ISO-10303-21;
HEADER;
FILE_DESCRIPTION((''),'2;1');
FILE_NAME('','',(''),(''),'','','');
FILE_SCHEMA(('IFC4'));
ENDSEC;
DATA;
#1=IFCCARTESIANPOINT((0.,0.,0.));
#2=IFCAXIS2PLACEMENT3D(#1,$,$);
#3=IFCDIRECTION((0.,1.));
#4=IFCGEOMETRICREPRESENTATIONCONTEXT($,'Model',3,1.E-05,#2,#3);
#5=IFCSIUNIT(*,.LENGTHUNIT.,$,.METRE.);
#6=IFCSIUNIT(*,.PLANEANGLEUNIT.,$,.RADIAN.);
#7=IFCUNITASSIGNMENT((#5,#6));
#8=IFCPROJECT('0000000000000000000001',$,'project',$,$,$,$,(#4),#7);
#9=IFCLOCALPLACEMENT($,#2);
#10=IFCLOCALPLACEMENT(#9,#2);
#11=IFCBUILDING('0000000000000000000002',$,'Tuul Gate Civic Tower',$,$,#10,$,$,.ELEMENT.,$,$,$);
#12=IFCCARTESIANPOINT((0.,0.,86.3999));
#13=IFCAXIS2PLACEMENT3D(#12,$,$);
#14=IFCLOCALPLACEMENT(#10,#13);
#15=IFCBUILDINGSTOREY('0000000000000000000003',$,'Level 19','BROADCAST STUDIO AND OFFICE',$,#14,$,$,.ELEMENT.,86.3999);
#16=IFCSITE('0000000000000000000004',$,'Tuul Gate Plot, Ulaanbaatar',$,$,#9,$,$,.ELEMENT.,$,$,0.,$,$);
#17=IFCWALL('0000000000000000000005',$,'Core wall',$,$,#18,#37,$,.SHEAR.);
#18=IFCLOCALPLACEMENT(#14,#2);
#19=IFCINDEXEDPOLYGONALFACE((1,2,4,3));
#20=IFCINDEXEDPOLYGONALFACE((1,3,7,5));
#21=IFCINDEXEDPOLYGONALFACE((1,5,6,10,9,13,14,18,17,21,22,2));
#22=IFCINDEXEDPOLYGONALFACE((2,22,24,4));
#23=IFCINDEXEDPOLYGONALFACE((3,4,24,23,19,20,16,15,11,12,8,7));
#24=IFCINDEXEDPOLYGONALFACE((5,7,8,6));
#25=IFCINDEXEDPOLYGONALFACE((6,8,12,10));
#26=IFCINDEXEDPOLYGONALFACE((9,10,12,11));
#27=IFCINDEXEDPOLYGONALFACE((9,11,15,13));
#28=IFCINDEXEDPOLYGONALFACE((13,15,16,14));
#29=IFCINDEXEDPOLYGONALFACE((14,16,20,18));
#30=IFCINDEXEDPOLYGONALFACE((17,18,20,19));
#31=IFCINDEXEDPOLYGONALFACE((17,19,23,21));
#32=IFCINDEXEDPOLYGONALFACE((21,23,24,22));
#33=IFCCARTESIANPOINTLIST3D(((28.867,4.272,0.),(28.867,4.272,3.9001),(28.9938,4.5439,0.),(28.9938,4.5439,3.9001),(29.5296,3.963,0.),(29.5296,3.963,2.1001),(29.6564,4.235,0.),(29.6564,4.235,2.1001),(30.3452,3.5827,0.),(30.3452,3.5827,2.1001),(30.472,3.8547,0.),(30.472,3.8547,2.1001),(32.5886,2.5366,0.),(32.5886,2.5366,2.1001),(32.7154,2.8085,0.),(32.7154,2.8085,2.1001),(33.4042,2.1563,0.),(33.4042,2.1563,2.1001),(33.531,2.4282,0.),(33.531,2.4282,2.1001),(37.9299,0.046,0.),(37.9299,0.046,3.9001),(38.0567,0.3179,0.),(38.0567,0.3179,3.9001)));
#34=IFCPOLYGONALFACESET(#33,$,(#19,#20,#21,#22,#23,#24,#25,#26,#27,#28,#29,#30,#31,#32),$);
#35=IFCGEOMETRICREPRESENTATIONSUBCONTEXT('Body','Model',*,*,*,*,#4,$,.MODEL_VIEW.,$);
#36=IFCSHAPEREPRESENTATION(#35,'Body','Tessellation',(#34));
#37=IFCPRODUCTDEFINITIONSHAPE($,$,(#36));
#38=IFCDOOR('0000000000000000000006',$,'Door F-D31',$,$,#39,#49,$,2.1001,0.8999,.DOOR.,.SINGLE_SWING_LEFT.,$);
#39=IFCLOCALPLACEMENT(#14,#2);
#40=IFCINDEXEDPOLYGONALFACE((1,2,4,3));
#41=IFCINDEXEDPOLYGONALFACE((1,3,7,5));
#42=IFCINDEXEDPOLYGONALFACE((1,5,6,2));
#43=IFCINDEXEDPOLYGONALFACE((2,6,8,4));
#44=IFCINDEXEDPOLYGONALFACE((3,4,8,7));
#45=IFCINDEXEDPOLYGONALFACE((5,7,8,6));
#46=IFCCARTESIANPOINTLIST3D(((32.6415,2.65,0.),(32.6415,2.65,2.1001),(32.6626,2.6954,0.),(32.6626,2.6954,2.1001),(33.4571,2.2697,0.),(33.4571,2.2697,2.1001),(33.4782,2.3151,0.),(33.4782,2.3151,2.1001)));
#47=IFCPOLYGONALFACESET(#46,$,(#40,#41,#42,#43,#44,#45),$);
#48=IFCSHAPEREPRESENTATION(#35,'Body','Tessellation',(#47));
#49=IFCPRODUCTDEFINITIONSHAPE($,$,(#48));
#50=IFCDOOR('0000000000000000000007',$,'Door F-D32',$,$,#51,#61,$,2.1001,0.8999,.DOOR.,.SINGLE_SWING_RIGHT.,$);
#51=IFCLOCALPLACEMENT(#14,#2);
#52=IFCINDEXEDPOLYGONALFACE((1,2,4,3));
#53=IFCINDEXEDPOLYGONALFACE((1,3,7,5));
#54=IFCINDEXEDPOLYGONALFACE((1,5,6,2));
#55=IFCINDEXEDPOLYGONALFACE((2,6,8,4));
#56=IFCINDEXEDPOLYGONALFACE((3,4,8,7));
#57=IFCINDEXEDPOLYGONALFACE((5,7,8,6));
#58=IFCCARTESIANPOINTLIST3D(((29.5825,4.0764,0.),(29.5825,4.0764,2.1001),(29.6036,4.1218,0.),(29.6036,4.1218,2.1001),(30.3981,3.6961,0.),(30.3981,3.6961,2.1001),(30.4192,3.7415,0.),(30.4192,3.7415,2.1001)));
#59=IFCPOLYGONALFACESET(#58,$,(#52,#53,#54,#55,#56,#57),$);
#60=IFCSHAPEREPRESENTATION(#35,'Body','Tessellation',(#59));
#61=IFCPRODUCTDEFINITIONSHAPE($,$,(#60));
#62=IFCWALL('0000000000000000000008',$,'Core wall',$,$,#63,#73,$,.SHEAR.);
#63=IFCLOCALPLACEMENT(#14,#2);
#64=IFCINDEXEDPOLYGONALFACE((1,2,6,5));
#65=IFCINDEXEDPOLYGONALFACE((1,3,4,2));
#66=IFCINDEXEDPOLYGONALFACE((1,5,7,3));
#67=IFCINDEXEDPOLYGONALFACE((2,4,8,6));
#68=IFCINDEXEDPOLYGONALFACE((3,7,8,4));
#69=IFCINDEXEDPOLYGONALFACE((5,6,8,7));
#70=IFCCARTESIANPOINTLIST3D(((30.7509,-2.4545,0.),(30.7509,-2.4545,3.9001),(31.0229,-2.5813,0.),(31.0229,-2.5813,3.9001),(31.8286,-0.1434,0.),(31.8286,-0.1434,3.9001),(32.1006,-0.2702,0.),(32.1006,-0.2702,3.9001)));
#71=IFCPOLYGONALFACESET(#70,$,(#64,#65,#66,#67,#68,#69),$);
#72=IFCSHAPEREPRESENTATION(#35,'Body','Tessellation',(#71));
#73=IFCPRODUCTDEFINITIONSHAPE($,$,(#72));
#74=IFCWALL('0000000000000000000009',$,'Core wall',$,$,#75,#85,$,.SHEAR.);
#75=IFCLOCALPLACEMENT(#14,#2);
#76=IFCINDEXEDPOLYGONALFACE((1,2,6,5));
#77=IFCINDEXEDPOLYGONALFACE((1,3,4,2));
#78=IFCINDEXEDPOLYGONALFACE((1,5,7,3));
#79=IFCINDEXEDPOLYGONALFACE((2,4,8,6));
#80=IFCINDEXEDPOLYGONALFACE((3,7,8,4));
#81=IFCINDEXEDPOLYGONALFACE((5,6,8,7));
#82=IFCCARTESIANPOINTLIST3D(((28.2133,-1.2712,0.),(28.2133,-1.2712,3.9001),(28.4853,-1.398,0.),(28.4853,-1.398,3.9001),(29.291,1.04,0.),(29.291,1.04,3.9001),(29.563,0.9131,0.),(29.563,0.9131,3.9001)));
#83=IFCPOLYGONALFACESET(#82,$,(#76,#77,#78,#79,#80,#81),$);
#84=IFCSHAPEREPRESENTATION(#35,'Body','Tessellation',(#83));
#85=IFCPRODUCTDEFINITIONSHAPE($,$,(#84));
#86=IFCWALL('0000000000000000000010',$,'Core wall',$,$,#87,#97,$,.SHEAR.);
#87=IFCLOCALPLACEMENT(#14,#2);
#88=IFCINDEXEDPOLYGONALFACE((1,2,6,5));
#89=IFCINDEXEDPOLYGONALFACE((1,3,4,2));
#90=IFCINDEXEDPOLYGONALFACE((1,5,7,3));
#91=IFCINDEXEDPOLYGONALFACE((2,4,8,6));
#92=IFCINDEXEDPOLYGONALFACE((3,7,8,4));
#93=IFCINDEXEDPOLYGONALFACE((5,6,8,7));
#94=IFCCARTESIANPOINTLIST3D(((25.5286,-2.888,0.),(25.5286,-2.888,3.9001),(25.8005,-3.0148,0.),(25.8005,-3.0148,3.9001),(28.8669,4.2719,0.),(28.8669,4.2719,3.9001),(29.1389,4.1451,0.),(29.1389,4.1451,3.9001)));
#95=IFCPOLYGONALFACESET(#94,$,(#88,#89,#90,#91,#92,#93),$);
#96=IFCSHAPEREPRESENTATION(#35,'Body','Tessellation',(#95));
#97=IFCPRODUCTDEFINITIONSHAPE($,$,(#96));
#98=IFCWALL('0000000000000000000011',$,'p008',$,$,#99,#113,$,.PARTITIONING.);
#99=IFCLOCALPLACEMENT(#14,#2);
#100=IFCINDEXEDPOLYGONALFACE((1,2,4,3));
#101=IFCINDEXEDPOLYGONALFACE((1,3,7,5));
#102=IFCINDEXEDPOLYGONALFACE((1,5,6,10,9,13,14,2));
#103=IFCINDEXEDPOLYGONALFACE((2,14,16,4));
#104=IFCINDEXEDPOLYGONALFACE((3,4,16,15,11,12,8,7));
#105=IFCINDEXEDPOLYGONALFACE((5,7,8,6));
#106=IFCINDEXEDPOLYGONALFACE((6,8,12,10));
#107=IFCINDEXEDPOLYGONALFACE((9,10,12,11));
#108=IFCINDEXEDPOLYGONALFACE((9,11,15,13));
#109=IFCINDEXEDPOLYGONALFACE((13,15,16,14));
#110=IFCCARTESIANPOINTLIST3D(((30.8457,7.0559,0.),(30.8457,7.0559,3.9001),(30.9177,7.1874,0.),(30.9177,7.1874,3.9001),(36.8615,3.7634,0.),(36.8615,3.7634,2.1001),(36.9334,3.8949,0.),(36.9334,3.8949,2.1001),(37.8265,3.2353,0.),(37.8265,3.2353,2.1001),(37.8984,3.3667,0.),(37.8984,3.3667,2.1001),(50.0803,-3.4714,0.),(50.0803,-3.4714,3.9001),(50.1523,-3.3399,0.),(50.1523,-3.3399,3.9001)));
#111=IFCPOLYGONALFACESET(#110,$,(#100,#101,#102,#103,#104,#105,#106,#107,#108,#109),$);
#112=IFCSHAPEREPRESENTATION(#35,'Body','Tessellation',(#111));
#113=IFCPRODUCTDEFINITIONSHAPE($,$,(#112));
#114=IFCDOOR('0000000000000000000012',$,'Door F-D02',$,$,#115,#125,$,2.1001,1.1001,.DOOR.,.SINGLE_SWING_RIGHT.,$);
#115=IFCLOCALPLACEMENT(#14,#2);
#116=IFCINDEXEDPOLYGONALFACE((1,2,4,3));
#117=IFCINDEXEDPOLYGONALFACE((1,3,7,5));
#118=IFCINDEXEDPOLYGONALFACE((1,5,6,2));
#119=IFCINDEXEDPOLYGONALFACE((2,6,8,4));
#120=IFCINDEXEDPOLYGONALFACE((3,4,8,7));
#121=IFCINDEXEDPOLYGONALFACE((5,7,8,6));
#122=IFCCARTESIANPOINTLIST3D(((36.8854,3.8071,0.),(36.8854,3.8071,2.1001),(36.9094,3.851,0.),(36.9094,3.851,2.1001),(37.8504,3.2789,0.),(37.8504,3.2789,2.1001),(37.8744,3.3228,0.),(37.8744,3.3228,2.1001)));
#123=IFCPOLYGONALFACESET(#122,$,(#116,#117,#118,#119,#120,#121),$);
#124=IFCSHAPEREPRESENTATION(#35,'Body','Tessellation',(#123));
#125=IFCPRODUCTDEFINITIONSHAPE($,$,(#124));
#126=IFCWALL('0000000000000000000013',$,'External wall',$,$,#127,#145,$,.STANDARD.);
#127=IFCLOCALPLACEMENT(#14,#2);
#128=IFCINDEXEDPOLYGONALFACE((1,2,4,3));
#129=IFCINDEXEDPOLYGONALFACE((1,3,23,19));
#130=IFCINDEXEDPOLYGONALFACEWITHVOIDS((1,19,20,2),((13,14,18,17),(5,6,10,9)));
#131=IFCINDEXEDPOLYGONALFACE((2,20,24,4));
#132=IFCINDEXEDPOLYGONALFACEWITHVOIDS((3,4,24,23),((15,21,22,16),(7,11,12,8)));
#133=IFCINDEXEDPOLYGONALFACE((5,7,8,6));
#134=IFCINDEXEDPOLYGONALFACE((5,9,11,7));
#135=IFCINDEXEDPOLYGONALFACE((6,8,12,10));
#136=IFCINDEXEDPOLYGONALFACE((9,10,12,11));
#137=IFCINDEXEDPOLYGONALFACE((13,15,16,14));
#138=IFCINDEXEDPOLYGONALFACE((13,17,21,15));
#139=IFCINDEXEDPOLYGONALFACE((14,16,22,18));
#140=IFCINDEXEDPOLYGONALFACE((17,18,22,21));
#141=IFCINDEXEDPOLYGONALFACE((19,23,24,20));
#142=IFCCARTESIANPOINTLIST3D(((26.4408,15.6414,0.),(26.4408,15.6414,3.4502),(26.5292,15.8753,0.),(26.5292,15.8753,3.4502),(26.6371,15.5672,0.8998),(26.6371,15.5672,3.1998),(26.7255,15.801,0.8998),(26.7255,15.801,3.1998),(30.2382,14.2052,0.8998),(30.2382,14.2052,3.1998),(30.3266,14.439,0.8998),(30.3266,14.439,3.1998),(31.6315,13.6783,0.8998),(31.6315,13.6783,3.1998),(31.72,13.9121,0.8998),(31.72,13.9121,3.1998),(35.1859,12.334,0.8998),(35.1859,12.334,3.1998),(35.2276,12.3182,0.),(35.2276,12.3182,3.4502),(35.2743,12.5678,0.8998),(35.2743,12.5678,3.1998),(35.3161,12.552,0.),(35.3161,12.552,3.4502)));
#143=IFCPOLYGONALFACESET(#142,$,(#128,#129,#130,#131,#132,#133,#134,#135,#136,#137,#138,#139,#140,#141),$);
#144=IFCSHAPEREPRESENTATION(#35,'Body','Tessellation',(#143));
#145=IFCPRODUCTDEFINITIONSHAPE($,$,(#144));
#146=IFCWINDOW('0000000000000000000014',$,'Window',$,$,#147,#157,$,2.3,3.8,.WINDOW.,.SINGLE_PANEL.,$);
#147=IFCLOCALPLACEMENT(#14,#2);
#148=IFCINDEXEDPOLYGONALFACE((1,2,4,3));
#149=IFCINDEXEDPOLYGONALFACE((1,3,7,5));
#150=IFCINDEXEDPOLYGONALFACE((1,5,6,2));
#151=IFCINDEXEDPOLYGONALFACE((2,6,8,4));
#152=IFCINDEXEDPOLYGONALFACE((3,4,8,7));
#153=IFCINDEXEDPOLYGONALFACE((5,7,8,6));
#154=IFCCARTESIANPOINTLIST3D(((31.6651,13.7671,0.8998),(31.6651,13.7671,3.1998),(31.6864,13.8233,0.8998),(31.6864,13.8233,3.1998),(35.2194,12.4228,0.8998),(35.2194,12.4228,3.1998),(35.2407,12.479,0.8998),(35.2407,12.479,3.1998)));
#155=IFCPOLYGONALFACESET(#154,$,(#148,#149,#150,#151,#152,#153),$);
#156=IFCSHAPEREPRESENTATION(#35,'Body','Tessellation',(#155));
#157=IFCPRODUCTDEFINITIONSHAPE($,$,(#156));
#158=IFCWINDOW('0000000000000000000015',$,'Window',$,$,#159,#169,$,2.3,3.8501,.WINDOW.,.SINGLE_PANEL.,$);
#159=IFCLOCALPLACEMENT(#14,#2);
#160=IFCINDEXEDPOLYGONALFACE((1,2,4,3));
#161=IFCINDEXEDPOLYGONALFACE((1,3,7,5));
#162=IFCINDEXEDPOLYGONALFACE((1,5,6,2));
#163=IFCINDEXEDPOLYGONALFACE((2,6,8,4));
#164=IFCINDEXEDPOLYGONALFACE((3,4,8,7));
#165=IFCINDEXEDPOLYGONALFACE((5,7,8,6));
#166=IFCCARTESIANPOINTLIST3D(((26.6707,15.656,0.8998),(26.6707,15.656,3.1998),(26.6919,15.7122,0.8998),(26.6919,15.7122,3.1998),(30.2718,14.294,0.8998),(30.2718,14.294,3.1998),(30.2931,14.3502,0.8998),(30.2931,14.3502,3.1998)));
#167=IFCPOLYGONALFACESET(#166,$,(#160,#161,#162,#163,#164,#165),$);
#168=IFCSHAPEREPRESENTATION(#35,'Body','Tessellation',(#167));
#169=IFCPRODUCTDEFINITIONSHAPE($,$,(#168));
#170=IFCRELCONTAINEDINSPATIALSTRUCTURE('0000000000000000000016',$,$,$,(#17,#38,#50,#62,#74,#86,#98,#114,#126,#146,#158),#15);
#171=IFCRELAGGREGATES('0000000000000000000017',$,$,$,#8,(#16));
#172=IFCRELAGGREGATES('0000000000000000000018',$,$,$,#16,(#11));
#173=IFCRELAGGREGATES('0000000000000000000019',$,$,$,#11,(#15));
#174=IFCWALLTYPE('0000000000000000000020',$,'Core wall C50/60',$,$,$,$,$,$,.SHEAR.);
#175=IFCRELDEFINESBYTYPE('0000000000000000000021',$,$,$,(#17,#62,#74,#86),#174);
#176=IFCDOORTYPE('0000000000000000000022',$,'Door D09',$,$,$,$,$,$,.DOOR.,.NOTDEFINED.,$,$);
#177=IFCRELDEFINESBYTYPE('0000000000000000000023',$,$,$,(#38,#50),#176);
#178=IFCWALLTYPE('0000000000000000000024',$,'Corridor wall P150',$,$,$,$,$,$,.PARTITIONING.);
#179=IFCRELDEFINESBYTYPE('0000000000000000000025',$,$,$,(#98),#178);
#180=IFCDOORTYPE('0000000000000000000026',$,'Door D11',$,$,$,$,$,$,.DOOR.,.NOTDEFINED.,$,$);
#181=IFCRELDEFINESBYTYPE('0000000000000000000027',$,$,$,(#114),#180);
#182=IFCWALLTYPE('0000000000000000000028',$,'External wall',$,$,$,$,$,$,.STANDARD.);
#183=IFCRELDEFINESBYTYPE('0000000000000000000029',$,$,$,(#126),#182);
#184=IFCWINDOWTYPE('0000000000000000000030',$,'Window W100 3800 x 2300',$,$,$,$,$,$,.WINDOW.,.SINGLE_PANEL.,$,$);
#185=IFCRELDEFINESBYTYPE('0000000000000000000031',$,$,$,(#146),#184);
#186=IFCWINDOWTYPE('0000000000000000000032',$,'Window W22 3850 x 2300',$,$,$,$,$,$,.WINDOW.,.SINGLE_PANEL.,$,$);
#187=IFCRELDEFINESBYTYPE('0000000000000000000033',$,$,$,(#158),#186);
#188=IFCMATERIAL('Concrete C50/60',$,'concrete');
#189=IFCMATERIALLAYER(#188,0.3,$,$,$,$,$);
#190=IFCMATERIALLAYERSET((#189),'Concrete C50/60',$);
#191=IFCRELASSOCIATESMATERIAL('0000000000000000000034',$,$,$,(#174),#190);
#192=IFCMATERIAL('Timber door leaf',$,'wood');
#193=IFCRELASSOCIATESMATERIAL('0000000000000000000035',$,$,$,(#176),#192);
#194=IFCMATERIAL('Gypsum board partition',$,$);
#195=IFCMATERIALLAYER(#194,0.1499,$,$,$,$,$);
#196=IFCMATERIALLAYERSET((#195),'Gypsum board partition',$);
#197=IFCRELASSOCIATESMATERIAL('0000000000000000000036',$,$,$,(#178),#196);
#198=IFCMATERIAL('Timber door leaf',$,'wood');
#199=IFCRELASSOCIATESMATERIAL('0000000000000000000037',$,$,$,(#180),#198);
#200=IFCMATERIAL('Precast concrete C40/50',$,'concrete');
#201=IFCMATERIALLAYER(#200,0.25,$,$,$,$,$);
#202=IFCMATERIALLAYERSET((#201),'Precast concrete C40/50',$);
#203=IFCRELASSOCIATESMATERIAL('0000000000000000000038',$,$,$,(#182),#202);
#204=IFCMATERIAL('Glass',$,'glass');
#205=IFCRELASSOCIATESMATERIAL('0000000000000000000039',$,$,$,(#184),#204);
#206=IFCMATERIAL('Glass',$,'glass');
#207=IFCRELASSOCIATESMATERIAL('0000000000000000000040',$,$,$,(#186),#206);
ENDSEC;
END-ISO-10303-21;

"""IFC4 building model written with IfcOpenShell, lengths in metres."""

from ifc_helpers import new_model, si_unit, direction, frame, frame_2d, origin, place, context, subcontext, project, spatial, rectangle, extrude, material, layer, layer_set, type_object, element, fill, save


model = new_model("IFC4")

# Units and contexts
model_context = context("Model", 3, precision=1e-05, world=origin(), true_north=direction((0.0, 1.0)))
body_context = subcontext(model_context, "Body", "Model", "MODEL_VIEW")
ifc_project = project(units=[si_unit("LENGTHUNIT", "METRE"), si_unit("PLANEANGLEUNIT", "RADIAN")], contexts=[model_context])

# Site, building, storey
site_placement = place(None, origin())
site = spatial("IfcSite", under=ifc_project, at=site_placement, Name="Tuul Gate Plot, Ulaanbaatar", CompositionType="ELEMENT", RefElevation=0.0)
building_placement = place(site_placement, origin())
building = spatial("IfcBuilding", under=site, at=building_placement, Name="Tuul Gate Civic Tower", CompositionType="ELEMENT")
storey_placement = place(building_placement, frame((0.0, 0.0, 86.3999)))
storey = spatial("IfcBuildingStorey", under=building, at=storey_placement, Name="Level 19", Description="BROADCAST STUDIO AND OFFICE", CompositionType="ELEMENT", Elevation=86.3999)

# Shared definitions
ifc_material_1 = material(Name="Concrete C50/60", Category="concrete")
ifc_layer_1 = layer(ifc_material_1, 0.3)
ifc_layer_set_1 = layer_set([ifc_layer_1], Name="Concrete C50/60")
wall_type_1 = type_object("IfcWallType", Name="Core wall C50/60", PredefinedType="SHEAR", material=ifc_layer_set_1)

# Wall, openings, doors
wall_1_placement = place(storey_placement, frame((37.9934, 0.1819, 0.0), z_axis=(0.0, 0.0, 1.0), x_axis=(-0.90631, 0.422613, 0.0)))
wall_1 = element("IfcWall", 1, at=wall_1_placement, inside=storey, type_object=wall_type_1, Name="Core wall", PredefinedType="SHEAR", context=body_context, shape_type="SweptSolid", body=[
    extrude(rectangle(XDim=9.9998, YDim=0.3, at=frame_2d((5.0, 0.0))), origin(), (0.0, 0.0, 1.0), 3.9001),
])
opening_1_placement = place(wall_1_placement, frame((4.9937, 0.0, 0.0)))
opening_1 = element("IfcOpeningElement", 2, at=opening_1_placement, cuts=wall_1, PredefinedType="OPENING", context=body_context, shape_type="SweptSolid", body=[
    extrude(rectangle(XDim=0.8999, YDim=2.1001, at=frame_2d((0.45, 1.05))), frame((0.0, 0.1602, 0.0), z_axis=(0.0, -1.0, 0.0), x_axis=(1.0, 0.0, 0.0)), (0.0, 0.0, 1.0), 0.3201),
])
opening_2_placement = place(wall_1_placement, frame((8.3689, 0.0, 0.0)))
opening_2 = element("IfcOpeningElement", 3, at=opening_2_placement, cuts=wall_1, PredefinedType="OPENING", context=body_context, shape_type="SweptSolid", body=[
    extrude(rectangle(XDim=0.8999, YDim=2.1001, at=frame_2d((0.45, 1.05))), frame((0.0, 0.1602, 0.0), z_axis=(0.0, -1.0, 0.0), x_axis=(1.0, 0.0, 0.0)), (0.0, 0.0, 1.0), 0.3201),
])
ifc_material_2 = material(Name="Timber door leaf", Category="wood")
door_type_1 = type_object("IfcDoorType", Name="Door D09", OperationType="NOTDEFINED", PredefinedType="DOOR", material=ifc_material_2)
door_1_placement = place(opening_1_placement, origin())
door_1 = element("IfcDoor", 4, at=door_1_placement, inside=storey, type_object=door_type_1, Name="Door F-D31", OperationType="SINGLE_SWING_LEFT", OverallHeight=2.1001, OverallWidth=0.8999, PredefinedType="DOOR", context=body_context, shape_type="SweptSolid", body=[
    extrude(rectangle(XDim=0.8999, YDim=2.1001, at=frame_2d((0.45, 1.05))), frame((0.0, 0.0249, 0.0), z_axis=(0.0, -1.0, 0.0), x_axis=(1.0, 0.0, 0.0)), (0.0, 0.0, 1.0), 0.05),
])
fill(opening_1, door_1)
door_2_placement = place(opening_2_placement, origin())
door_2 = element("IfcDoor", 5, at=door_2_placement, inside=storey, type_object=door_type_1, Name="Door F-D32", OperationType="SINGLE_SWING_RIGHT", OverallHeight=2.1001, OverallWidth=0.8999, PredefinedType="DOOR", context=body_context, shape_type="SweptSolid", body=[
    extrude(rectangle(XDim=0.8999, YDim=2.1001, at=frame_2d((0.45, 1.05))), frame((0.0, 0.0249, 0.0), z_axis=(0.0, -1.0, 0.0), x_axis=(1.0, 0.0, 0.0)), (0.0, 0.0, 1.0), 0.05),
])
fill(opening_2, door_2)

# Walls
for number, where, z_axis, x_axis, name in (
    (6, (30.887, -2.5178, 0.0), (0.0, 0.0, 1.0), (0.422613, 0.90631, 0.0), "Core wall"),
    (7, (28.3494, -1.3345, 0.0), (0.0, 0.0, 1.0), (0.422613, 0.90631, 0.0), "Core wall"),
):
    element("IfcWall", number, at=place(storey_placement, frame(where, z_axis=z_axis, x_axis=x_axis)), inside=storey, type_object=wall_type_1, Name=name, PredefinedType="SHEAR", context=body_context, shape_type="SweptSolid", body=[
        extrude(rectangle(XDim=2.55, YDim=0.3, at=frame_2d((1.2749, 0.0))), origin(), (0.0, 0.0, 1.0), 3.9001),
    ])
wall_2_placement = place(storey_placement, frame((25.6646, -2.9514, 0.0), z_axis=(0.0, 0.0, 1.0), x_axis=(0.422583, 0.906324, 0.0)))
element("IfcWall", 8, at=wall_2_placement, inside=storey, type_object=wall_type_1, Name="Core wall", PredefinedType="SHEAR", context=body_context, shape_type="SweptSolid", body=[
    extrude(rectangle(XDim=7.8999, YDim=0.3, at=frame_2d((3.95, 0.0))), origin(), (0.0, 0.0, 1.0), 3.9001),
])

# Wall, opening, door
ifc_material_3 = material(Name="Gypsum board partition")
ifc_layer_2 = layer(ifc_material_3, 0.1499)
ifc_layer_set_2 = layer_set([ifc_layer_2], Name="Gypsum board partition")
wall_type_2 = type_object("IfcWallType", Name="Corridor wall P150", PredefinedType="PARTITIONING", material=ifc_layer_set_2)
wall_3_placement = place(storey_placement, frame((30.8818, 7.1216, 0.0), z_axis=(0.0, 0.0, 1.0), x_axis=(0.87721, -0.480108, 0.0)))
wall_3 = element("IfcWall", 9, at=wall_3_placement, inside=storey, type_object=wall_type_2, Name="p008", PredefinedType="PARTITIONING", context=body_context, shape_type="SweptSolid", body=[
    extrude(rectangle(XDim=21.927, YDim=0.1499, at=frame_2d((10.9634, 0.0))), origin(), (0.0, 0.0, 1.0), 3.9001),
])
opening_3_placement = place(wall_3_placement, frame((6.8577, 0.0, 0.0)))
opening_3 = element("IfcOpeningElement", 10, at=opening_3_placement, cuts=wall_3, PredefinedType="OPENING", context=body_context, shape_type="SweptSolid", body=[
    extrude(rectangle(XDim=1.1001, YDim=2.1001, at=frame_2d((0.55, 1.05))), frame((0.0, 0.085, 0.0), z_axis=(0.0, -1.0, 0.0), x_axis=(1.0, 0.0, 0.0)), (0.0, 0.0, 1.0), 0.1699),
])
ifc_material_4 = material(Name="Timber door leaf", Category="wood")
door_type_2 = type_object("IfcDoorType", Name="Door D11", OperationType="NOTDEFINED", PredefinedType="DOOR", material=ifc_material_4)
door_3_placement = place(opening_3_placement, origin())
door_3 = element("IfcDoor", 11, at=door_3_placement, inside=storey, type_object=door_type_2, Name="Door F-D02", OperationType="SINGLE_SWING_RIGHT", OverallHeight=2.1001, OverallWidth=1.1001, PredefinedType="DOOR", context=body_context, shape_type="SweptSolid", body=[
    extrude(rectangle(XDim=1.1001, YDim=2.1001, at=frame_2d((0.55, 1.05))), frame((0.0, 0.0249, 0.0), z_axis=(0.0, -1.0, 0.0), x_axis=(1.0, 0.0, 0.0)), (0.0, 0.0, 1.0), 0.05),
])
fill(opening_3, door_3)

# Wall, openings, windows
ifc_material_5 = material(Name="Precast concrete C40/50", Category="concrete")
ifc_layer_3 = layer(ifc_material_5, 0.25)
ifc_layer_set_3 = layer_set([ifc_layer_3], Name="Precast concrete C40/50")
wall_type_3 = type_object("IfcWallType", Name="External wall", PredefinedType="STANDARD", material=ifc_layer_set_3)
wall_4_placement = place(storey_placement, frame((35.272, 12.4351, 0.0), z_axis=(0.0, 0.0, 1.0), x_axis=(-0.93534, 0.353751, 0.0)))
wall_4 = element("IfcWall", 12, at=wall_4_placement, inside=storey, type_object=wall_type_3, Name="External wall", PredefinedType="STANDARD", context=body_context, shape_type="SweptSolid", body=[
    extrude(rectangle(XDim=9.3943, YDim=0.25, at=frame_2d((4.6973, 0.0))), origin(), (0.0, 0.0, 1.0), 3.4502),
])
opening_4_placement = place(wall_4_placement, frame((0.0449, 0.0, 0.8999)))
opening_4 = element("IfcOpeningElement", 13, at=opening_4_placement, cuts=wall_4, PredefinedType="OPENING", context=body_context, shape_type="SweptSolid", body=[
    extrude(rectangle(XDim=3.8, YDim=2.3, at=frame_2d((1.8999, 1.1499))), frame((0.0, 0.135, 0.0), z_axis=(0.0, -1.0, 0.0), x_axis=(1.0, 0.0, 0.0)), (0.0, 0.0, 1.0), 0.27),
])
opening_5_placement = place(wall_4_placement, frame((5.3345, 0.0, 0.8999)))
opening_5 = element("IfcOpeningElement", 14, at=opening_5_placement, cuts=wall_4, PredefinedType="OPENING", context=body_context, shape_type="SweptSolid", body=[
    extrude(rectangle(XDim=3.8501, YDim=2.3, at=frame_2d((1.925, 1.1499))), frame((0.0, 0.135, 0.0), z_axis=(0.0, -1.0, 0.0), x_axis=(1.0, 0.0, 0.0)), (0.0, 0.0, 1.0), 0.27),
])
ifc_material_6 = material(Name="Glass", Category="glass")
window_type_1 = type_object("IfcWindowType", Name="Window W100 3800 x 2300", PartitioningType="SINGLE_PANEL", PredefinedType="WINDOW", material=ifc_material_6)
window_1_placement = place(opening_4_placement, origin())
window_1 = element("IfcWindow", 15, at=window_1_placement, inside=storey, type_object=window_type_1, Name="Window", OverallHeight=2.3, OverallWidth=3.8, PartitioningType="SINGLE_PANEL", PredefinedType="WINDOW", context=body_context, shape_type="SweptSolid", body=[
    extrude(rectangle(XDim=3.8, YDim=2.3, at=frame_2d((1.8999, 1.1499))), frame((0.0, 0.03, 0.0), z_axis=(0.0, -1.0, 0.0), x_axis=(1.0, 0.0, 0.0)), (0.0, 0.0, 1.0), 0.0601),
])
fill(opening_4, window_1)
ifc_material_7 = material(Name="Glass", Category="glass")
window_type_2 = type_object("IfcWindowType", Name="Window W22 3850 x 2300", PartitioningType="SINGLE_PANEL", PredefinedType="WINDOW", material=ifc_material_7)
window_2_placement = place(opening_5_placement, origin())
window_2 = element("IfcWindow", 16, at=window_2_placement, inside=storey, type_object=window_type_2, Name="Window", OverallHeight=2.3, OverallWidth=3.8501, PartitioningType="SINGLE_PANEL", PredefinedType="WINDOW", context=body_context, shape_type="SweptSolid", body=[
    extrude(rectangle(XDim=3.8501, YDim=2.3, at=frame_2d((1.925, 1.1499))), frame((0.0, 0.03, 0.0), z_axis=(0.0, -1.0, 0.0), x_axis=(1.0, 0.0, 0.0)), (0.0, 0.0, 1.0), 0.0601),
])
fill(opening_5, window_2)

save(model, "model.ifc")
